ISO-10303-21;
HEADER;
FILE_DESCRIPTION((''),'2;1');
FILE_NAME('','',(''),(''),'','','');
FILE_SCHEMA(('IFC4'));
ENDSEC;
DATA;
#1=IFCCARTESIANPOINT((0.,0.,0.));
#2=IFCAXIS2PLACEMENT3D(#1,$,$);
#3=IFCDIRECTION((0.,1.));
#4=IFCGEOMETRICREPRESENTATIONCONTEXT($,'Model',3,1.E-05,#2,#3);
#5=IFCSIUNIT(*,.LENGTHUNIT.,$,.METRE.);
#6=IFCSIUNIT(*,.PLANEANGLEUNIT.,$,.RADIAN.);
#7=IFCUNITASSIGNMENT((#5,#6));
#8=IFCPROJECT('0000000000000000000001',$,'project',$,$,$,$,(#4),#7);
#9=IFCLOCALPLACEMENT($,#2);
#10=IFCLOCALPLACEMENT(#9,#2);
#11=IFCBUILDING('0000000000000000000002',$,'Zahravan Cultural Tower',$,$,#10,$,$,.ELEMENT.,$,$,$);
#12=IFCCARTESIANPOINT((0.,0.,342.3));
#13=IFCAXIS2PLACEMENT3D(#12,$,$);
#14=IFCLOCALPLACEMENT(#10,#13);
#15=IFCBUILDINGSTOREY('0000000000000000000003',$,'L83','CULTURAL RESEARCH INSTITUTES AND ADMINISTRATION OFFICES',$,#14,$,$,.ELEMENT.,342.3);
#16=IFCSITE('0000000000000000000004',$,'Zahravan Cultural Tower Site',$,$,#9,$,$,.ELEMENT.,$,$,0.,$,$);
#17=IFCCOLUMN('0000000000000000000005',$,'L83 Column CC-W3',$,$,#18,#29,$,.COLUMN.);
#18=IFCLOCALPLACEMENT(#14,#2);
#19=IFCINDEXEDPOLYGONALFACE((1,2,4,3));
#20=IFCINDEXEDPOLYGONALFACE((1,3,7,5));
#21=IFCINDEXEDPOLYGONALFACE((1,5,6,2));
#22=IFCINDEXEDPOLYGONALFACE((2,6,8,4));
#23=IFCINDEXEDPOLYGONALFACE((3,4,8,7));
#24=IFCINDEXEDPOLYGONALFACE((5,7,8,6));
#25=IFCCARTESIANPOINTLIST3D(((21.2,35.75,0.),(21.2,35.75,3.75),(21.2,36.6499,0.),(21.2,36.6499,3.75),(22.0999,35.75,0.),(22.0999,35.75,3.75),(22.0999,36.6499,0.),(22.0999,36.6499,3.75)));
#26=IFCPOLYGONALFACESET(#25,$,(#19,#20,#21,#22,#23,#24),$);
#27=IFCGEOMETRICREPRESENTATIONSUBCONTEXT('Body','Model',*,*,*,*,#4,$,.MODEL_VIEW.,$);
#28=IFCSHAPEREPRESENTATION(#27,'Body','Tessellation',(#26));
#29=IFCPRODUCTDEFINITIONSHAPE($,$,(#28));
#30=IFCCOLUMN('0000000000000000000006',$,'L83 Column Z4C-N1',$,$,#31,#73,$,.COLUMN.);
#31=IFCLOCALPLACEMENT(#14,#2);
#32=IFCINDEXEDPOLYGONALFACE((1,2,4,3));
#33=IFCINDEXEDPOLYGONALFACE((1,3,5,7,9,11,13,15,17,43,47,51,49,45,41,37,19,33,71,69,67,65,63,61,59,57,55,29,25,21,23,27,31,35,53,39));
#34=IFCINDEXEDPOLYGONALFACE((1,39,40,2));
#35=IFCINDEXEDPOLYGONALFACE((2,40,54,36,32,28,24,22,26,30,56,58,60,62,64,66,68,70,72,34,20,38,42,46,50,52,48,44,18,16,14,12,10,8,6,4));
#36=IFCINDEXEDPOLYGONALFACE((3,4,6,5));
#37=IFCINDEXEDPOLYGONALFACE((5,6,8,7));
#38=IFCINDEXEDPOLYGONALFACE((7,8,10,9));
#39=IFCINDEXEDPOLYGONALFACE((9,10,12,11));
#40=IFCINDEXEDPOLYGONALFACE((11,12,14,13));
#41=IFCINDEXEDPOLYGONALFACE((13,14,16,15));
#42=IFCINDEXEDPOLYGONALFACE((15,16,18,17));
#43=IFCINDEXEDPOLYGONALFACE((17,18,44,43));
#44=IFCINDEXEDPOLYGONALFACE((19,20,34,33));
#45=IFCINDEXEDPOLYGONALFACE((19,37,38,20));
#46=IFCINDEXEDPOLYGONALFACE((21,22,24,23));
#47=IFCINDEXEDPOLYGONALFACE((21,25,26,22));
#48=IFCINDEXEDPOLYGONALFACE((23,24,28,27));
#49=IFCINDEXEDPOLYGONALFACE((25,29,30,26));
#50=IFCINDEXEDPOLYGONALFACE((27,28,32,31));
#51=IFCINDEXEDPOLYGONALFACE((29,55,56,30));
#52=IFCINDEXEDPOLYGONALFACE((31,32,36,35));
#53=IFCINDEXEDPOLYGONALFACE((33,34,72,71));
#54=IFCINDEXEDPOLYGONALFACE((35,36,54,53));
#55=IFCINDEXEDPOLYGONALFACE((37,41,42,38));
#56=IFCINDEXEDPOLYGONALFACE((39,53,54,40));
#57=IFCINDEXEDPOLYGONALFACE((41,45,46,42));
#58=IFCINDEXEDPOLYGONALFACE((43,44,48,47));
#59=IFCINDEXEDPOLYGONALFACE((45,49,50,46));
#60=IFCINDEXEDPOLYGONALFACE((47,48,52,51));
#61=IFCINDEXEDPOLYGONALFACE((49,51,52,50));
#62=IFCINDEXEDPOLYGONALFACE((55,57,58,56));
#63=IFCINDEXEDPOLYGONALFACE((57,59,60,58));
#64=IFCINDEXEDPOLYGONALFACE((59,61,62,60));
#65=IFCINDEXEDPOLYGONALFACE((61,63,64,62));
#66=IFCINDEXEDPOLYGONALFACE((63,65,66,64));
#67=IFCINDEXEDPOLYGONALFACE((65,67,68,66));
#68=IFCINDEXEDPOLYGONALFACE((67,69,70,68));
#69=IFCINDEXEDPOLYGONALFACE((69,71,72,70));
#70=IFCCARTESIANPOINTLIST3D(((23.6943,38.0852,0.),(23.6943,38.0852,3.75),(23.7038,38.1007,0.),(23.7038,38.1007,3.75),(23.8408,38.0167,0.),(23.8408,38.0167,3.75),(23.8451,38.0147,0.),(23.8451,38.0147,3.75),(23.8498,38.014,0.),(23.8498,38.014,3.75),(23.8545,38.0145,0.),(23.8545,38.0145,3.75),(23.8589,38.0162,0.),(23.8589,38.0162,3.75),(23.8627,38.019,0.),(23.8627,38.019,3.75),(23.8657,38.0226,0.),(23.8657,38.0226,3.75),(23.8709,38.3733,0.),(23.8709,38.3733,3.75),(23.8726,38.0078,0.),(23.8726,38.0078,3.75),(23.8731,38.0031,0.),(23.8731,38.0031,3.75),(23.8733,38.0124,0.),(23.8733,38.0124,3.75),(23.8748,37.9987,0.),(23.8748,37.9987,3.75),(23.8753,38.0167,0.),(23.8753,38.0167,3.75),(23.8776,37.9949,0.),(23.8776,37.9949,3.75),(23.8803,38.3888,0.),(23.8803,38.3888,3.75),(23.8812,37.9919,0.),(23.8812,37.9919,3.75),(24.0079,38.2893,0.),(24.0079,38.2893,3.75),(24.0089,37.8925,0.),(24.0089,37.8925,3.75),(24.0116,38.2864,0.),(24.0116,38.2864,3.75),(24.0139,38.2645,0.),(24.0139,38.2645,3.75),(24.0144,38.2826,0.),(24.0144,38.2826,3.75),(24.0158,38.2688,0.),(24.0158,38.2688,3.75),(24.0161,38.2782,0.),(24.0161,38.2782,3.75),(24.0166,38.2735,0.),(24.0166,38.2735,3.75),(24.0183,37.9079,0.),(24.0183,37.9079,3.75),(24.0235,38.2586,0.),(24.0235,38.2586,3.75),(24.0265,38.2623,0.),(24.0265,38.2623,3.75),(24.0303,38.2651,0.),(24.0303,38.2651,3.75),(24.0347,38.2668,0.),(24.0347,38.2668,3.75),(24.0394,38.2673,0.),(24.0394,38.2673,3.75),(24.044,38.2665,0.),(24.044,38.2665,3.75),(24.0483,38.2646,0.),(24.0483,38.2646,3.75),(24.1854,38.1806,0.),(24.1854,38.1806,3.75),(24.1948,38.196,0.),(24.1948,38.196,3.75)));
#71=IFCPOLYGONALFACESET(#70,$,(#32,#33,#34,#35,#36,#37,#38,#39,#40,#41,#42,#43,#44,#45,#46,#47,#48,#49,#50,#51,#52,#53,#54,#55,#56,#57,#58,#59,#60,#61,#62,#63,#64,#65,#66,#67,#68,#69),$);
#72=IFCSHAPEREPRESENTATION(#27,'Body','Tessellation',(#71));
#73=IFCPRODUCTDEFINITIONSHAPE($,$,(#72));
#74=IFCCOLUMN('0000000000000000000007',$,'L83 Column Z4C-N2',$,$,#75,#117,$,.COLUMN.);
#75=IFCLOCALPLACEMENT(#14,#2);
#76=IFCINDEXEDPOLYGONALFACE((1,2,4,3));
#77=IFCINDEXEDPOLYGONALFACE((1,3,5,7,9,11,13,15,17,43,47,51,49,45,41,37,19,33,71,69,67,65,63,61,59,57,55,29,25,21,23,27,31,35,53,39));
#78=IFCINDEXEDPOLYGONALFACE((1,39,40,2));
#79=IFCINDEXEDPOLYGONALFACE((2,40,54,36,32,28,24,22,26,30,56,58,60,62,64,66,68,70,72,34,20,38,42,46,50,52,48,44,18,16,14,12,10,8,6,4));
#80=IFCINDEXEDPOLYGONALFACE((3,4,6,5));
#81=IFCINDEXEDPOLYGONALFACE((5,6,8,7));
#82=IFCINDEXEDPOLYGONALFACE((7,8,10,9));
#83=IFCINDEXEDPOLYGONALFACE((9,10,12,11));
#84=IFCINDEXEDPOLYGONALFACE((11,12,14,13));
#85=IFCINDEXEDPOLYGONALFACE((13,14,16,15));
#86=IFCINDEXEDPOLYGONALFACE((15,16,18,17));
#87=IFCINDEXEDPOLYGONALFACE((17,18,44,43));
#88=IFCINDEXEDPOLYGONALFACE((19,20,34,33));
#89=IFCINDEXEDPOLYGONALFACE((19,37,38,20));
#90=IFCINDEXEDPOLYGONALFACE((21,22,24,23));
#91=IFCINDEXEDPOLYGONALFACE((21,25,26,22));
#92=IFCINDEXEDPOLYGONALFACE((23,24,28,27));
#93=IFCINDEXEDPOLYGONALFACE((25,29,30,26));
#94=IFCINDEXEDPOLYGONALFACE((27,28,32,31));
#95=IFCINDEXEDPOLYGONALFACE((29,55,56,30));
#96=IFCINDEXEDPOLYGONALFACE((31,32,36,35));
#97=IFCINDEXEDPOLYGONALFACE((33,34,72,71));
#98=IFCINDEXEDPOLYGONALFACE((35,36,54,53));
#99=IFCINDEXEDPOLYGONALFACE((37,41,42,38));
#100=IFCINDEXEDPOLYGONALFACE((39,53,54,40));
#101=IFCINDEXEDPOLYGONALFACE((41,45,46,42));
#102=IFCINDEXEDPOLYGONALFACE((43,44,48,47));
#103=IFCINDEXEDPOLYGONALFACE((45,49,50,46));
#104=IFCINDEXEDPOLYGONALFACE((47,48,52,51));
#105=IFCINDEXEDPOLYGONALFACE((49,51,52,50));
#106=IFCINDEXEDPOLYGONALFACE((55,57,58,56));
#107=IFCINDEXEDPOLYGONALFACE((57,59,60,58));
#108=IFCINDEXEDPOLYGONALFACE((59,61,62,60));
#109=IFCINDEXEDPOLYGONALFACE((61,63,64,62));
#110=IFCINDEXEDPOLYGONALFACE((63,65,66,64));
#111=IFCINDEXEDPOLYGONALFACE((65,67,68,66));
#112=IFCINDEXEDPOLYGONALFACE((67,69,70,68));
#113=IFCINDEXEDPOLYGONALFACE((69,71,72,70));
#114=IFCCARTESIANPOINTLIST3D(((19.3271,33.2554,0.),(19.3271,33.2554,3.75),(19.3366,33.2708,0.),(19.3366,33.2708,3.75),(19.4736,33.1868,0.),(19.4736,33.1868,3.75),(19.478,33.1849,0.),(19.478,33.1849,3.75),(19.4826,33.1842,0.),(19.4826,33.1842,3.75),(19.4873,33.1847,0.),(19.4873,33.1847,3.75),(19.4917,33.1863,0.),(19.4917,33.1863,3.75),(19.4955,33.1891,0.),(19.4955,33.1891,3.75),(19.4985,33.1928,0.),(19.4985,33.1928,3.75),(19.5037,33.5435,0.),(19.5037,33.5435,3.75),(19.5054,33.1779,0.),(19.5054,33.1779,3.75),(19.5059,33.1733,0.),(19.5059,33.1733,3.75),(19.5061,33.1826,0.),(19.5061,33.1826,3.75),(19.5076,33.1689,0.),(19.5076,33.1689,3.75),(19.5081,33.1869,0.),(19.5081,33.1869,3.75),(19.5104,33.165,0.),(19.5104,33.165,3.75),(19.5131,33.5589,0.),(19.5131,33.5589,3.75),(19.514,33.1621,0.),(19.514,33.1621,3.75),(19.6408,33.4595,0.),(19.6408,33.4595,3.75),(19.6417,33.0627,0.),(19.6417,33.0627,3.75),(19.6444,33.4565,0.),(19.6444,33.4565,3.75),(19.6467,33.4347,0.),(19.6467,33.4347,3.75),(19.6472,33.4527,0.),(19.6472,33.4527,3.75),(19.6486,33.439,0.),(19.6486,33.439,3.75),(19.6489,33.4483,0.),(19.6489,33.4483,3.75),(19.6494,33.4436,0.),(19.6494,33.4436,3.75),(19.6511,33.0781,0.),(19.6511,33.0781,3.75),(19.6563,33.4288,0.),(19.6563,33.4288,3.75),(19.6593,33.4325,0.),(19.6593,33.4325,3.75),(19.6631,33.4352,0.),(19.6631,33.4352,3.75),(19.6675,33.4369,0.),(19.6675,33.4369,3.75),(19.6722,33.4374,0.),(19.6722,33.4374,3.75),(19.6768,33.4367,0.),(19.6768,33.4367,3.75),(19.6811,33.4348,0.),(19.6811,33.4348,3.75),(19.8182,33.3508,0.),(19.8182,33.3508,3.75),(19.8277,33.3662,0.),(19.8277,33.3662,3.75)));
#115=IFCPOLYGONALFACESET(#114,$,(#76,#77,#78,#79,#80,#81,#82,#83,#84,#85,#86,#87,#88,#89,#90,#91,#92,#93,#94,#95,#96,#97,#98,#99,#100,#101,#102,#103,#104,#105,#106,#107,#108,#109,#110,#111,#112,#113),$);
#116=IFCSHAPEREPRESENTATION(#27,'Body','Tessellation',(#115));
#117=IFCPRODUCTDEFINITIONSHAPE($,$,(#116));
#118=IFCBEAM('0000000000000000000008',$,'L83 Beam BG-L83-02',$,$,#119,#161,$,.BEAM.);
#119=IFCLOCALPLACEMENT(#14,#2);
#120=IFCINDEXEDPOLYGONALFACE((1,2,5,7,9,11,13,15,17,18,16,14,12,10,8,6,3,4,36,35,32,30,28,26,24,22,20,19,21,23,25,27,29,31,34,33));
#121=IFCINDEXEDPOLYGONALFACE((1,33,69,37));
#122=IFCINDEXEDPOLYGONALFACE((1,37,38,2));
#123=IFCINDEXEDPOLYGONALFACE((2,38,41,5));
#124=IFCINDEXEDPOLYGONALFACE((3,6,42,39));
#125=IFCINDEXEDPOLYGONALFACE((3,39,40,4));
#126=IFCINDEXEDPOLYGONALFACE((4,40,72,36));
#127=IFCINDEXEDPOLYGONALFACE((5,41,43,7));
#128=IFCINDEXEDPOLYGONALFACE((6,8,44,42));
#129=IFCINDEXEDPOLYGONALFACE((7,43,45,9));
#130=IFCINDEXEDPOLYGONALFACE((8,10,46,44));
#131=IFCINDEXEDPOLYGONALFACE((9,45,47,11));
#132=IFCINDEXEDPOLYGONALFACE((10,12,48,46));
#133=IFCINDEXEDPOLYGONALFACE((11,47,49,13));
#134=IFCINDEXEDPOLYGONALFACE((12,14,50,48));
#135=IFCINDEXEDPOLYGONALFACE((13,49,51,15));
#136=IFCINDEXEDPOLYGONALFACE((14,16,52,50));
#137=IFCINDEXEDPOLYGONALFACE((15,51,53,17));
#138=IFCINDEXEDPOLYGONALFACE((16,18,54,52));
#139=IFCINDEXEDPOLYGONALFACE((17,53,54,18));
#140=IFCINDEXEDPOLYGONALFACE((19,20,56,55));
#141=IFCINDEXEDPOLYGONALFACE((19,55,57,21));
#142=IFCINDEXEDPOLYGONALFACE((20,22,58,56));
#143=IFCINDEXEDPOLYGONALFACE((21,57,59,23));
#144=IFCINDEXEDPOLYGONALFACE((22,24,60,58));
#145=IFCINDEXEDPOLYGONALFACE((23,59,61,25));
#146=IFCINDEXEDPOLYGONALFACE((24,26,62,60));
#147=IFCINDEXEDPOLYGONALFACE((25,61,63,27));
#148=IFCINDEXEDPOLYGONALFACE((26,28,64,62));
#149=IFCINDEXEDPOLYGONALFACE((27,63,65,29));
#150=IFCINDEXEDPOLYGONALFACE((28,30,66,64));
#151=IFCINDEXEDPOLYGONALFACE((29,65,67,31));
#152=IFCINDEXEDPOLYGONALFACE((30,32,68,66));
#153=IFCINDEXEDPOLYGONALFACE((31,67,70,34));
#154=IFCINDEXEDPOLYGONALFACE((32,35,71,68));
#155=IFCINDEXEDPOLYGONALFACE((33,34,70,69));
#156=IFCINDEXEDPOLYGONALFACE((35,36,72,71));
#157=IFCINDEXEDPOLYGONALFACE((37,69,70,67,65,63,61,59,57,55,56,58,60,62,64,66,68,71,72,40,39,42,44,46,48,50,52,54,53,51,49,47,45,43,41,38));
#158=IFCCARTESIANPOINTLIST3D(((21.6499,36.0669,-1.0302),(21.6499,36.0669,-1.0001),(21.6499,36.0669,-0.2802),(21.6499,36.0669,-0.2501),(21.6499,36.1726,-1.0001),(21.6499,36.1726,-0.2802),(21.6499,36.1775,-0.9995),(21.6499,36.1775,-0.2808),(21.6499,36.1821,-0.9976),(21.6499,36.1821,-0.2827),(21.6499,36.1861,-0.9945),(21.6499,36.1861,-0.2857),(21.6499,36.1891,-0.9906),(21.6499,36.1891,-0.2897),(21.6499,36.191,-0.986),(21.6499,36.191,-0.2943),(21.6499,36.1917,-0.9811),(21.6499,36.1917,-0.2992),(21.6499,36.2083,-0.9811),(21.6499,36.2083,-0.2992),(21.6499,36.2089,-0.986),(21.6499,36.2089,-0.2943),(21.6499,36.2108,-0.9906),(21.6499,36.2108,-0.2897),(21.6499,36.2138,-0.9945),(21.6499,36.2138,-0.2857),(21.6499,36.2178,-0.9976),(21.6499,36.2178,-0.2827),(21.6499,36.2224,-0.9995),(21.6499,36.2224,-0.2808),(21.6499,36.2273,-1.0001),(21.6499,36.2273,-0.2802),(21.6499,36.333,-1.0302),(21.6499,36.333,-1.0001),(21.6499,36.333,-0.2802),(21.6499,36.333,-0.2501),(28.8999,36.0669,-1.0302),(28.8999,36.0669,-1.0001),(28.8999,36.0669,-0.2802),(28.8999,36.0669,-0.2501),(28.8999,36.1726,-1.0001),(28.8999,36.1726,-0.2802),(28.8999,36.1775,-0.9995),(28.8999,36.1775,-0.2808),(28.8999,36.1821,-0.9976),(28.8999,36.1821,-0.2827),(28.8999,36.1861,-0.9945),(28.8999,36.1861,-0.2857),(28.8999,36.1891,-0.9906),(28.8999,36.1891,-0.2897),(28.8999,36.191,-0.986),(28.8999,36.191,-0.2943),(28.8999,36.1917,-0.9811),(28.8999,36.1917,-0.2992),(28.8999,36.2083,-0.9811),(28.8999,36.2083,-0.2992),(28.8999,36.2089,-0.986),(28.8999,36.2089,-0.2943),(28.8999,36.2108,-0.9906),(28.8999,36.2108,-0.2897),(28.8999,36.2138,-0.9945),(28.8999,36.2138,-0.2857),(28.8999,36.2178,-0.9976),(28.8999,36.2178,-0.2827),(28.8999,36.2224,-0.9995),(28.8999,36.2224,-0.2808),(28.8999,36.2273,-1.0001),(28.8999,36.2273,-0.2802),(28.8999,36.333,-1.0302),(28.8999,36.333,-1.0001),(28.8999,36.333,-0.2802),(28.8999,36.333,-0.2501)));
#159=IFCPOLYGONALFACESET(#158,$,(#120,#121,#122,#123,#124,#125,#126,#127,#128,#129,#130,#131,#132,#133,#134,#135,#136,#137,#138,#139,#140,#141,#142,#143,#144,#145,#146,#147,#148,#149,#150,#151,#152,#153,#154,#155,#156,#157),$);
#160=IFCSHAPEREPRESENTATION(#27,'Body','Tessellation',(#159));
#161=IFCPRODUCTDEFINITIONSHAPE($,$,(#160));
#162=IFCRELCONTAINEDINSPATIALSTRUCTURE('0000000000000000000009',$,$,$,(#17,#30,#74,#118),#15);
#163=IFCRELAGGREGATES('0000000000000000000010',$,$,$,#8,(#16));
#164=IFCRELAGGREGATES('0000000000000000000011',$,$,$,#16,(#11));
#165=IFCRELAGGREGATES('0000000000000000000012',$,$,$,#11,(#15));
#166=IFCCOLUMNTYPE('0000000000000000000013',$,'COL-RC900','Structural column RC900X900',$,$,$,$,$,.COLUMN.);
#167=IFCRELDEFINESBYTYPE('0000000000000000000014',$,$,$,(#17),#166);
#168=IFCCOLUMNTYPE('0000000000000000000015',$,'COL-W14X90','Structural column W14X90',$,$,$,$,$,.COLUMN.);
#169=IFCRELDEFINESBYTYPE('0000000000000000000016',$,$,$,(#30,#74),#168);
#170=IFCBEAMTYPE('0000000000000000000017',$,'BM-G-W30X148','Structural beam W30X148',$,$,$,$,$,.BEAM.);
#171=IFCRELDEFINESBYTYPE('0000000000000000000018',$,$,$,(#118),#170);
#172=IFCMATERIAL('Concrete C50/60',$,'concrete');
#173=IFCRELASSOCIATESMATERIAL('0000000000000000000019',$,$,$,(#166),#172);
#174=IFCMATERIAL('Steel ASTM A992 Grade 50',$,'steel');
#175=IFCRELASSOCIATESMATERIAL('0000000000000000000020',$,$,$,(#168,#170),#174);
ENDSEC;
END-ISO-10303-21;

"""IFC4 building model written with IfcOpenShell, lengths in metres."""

from ifc_helpers import new_model, si_unit, direction, frame, origin, origin_2d, place, context, subcontext, project, spatial, rectangle, i_section, extrude, source, transform, mapped, material, material_profile, profile_set, type_object, element, save


model = new_model("IFC4")

# Units and contexts
model_context = context("Model", 3, precision=1e-05, world=origin(), true_north=direction((0.0, 1.0)))
body_context = subcontext(model_context, "Body", "Model", "MODEL_VIEW")
ifc_project = project(units=[si_unit("LENGTHUNIT", "METRE"), si_unit("PLANEANGLEUNIT", "RADIAN")], contexts=[model_context])

# Site, building, storey
site_placement = place(None, origin())
site = spatial("IfcSite", under=ifc_project, at=site_placement, Name="Zahravan Cultural Tower Site", CompositionType="ELEMENT", RefElevation=0.0)
building_placement = place(site_placement, origin())
building = spatial("IfcBuilding", under=site, at=building_placement, Name="Zahravan Cultural Tower", CompositionType="ELEMENT")
storey_placement = place(building_placement, frame((0.0, 0.0, 342.3)))
storey = spatial("IfcBuildingStorey", under=building, at=storey_placement, Name="L83", Description="CULTURAL RESEARCH INSTITUTES AND ADMINISTRATION OFFICES", CompositionType="ELEMENT", Elevation=342.3)

# Columns
ifc_material_1 = material(Name="Concrete C50/60", Category="concrete")
ifc_material_profile_1 = material_profile(ifc_material_1, rectangle(XDim=0.8999, YDim=0.8999, at=origin_2d()), Name="RC900X900")
ifc_profile_set_1 = profile_set([ifc_material_profile_1], Name="Concrete C50/60")
column_type_1 = type_object("IfcColumnType", Name="COL-RC900", Description="Structural column RC900X900", PredefinedType="COLUMN", material=ifc_profile_set_1)
shared_shape_1 = source(origin(), body_context, "Body", "SweptSolid", [
    extrude(rectangle(XDim=0.8999, YDim=0.8999, at=origin_2d()), origin(), (0.0, 0.0, 1.0), 3.75),
])
column_placement = place(storey_placement, frame((21.6499, 36.2, 0.0), z_axis=(0.0, 0.0, 1.0), x_axis=(1.0, 0.0, 0.0)))
element("IfcColumn", 1, at=column_placement, inside=storey, type_object=column_type_1, Name="L83 Column CC-W3", PredefinedType="COLUMN", context=body_context, shape_type="MappedRepresentation", body=[
    mapped(shared_shape_1, transform((0.0, 0.0, 0.0), x_axis=(1.0, 0.0, 0.0), y_axis=(0.0, 1.0, 0.0), z_axis=(0.0, 0.0, 1.0), scale=1.0)),
])
ifc_material_2 = material(Name="Steel ASTM A992 Grade 50", Category="steel")
ifc_material_profile_2 = material_profile(ifc_material_2, i_section(OverallWidth=0.3689, OverallDepth=0.356, WebThickness=0.0112, FlangeThickness=0.0181, FilletRadius=0.0181, at=origin_2d()), Name="W14X90")
ifc_profile_set_2 = profile_set([ifc_material_profile_2], Name="Steel ASTM A992 Grade 50")
column_type_2 = type_object("IfcColumnType", Name="COL-W14X90", Description="Structural column W14X90", PredefinedType="COLUMN", material=ifc_profile_set_2)
shared_shape_2 = source(origin(), body_context, "Body", "SweptSolid", [
    extrude(i_section(OverallWidth=0.3689, OverallDepth=0.356, WebThickness=0.0112, FlangeThickness=0.0181, FilletRadius=0.0181, at=origin_2d()), origin(), (0.0, 0.0, 1.0), 3.75),
])
for number, where, z_axis, x_axis, name in (
    (2, (23.9446, 38.1406, 0.0), (0.0, 0.0, 1.0), (-0.85264, 0.522499, 0.0), "L83 Column Z4C-N1"),
    (3, (19.5774, 33.3108, 0.0), (0.0, 0.0, 1.0), (-0.85264, 0.522499, 0.0), "L83 Column Z4C-N2"),
):
    element("IfcColumn", number, at=place(storey_placement, frame(where, z_axis=z_axis, x_axis=x_axis)), inside=storey, type_object=column_type_2, Name=name, PredefinedType="COLUMN", context=body_context, shape_type="MappedRepresentation", body=[
        mapped(shared_shape_2, transform((0.0, 0.0, 0.0), x_axis=(1.0, 0.0, 0.0), y_axis=(0.0, 1.0, 0.0), z_axis=(0.0, 0.0, 1.0), scale=1.0)),
    ])

# Beam
ifc_material_profile_3 = material_profile(ifc_material_2, i_section(OverallWidth=0.2661, OverallDepth=0.78, WebThickness=0.0166, FlangeThickness=0.03, FilletRadius=0.019, at=origin_2d()), Name="W30X148")
ifc_profile_set_3 = profile_set([ifc_material_profile_3], Name="Steel ASTM A992 Grade 50")
beam_type_1 = type_object("IfcBeamType", Name="BM-G-W30X148", Description="Structural beam W30X148", PredefinedType="BEAM", material=ifc_profile_set_3)
shared_shape_3 = source(origin(), body_context, "Body", "SweptSolid", [
    extrude(i_section(OverallWidth=0.2661, OverallDepth=0.78, WebThickness=0.0166, FlangeThickness=0.03, FilletRadius=0.019, at=origin_2d()), origin(), (0.0, 0.0, 1.0), 7.25),
])
beam_1_placement = place(storey_placement, frame((21.6499, 36.2, -0.6401), z_axis=(1.0, 0.0, 0.0), x_axis=(0.0, 1.0, 0.0)))
element("IfcBeam", 4, at=beam_1_placement, inside=storey, type_object=beam_type_1, Name="L83 Beam BG-L83-02", PredefinedType="BEAM", context=body_context, shape_type="MappedRepresentation", body=[
    mapped(shared_shape_3, transform((0.0, 0.0, 0.0), x_axis=(1.0, 0.0, 0.0), y_axis=(0.0, 1.0, 0.0), z_axis=(0.0, 0.0, 1.0), scale=1.0)),
])

save(model, "model.ifc")
